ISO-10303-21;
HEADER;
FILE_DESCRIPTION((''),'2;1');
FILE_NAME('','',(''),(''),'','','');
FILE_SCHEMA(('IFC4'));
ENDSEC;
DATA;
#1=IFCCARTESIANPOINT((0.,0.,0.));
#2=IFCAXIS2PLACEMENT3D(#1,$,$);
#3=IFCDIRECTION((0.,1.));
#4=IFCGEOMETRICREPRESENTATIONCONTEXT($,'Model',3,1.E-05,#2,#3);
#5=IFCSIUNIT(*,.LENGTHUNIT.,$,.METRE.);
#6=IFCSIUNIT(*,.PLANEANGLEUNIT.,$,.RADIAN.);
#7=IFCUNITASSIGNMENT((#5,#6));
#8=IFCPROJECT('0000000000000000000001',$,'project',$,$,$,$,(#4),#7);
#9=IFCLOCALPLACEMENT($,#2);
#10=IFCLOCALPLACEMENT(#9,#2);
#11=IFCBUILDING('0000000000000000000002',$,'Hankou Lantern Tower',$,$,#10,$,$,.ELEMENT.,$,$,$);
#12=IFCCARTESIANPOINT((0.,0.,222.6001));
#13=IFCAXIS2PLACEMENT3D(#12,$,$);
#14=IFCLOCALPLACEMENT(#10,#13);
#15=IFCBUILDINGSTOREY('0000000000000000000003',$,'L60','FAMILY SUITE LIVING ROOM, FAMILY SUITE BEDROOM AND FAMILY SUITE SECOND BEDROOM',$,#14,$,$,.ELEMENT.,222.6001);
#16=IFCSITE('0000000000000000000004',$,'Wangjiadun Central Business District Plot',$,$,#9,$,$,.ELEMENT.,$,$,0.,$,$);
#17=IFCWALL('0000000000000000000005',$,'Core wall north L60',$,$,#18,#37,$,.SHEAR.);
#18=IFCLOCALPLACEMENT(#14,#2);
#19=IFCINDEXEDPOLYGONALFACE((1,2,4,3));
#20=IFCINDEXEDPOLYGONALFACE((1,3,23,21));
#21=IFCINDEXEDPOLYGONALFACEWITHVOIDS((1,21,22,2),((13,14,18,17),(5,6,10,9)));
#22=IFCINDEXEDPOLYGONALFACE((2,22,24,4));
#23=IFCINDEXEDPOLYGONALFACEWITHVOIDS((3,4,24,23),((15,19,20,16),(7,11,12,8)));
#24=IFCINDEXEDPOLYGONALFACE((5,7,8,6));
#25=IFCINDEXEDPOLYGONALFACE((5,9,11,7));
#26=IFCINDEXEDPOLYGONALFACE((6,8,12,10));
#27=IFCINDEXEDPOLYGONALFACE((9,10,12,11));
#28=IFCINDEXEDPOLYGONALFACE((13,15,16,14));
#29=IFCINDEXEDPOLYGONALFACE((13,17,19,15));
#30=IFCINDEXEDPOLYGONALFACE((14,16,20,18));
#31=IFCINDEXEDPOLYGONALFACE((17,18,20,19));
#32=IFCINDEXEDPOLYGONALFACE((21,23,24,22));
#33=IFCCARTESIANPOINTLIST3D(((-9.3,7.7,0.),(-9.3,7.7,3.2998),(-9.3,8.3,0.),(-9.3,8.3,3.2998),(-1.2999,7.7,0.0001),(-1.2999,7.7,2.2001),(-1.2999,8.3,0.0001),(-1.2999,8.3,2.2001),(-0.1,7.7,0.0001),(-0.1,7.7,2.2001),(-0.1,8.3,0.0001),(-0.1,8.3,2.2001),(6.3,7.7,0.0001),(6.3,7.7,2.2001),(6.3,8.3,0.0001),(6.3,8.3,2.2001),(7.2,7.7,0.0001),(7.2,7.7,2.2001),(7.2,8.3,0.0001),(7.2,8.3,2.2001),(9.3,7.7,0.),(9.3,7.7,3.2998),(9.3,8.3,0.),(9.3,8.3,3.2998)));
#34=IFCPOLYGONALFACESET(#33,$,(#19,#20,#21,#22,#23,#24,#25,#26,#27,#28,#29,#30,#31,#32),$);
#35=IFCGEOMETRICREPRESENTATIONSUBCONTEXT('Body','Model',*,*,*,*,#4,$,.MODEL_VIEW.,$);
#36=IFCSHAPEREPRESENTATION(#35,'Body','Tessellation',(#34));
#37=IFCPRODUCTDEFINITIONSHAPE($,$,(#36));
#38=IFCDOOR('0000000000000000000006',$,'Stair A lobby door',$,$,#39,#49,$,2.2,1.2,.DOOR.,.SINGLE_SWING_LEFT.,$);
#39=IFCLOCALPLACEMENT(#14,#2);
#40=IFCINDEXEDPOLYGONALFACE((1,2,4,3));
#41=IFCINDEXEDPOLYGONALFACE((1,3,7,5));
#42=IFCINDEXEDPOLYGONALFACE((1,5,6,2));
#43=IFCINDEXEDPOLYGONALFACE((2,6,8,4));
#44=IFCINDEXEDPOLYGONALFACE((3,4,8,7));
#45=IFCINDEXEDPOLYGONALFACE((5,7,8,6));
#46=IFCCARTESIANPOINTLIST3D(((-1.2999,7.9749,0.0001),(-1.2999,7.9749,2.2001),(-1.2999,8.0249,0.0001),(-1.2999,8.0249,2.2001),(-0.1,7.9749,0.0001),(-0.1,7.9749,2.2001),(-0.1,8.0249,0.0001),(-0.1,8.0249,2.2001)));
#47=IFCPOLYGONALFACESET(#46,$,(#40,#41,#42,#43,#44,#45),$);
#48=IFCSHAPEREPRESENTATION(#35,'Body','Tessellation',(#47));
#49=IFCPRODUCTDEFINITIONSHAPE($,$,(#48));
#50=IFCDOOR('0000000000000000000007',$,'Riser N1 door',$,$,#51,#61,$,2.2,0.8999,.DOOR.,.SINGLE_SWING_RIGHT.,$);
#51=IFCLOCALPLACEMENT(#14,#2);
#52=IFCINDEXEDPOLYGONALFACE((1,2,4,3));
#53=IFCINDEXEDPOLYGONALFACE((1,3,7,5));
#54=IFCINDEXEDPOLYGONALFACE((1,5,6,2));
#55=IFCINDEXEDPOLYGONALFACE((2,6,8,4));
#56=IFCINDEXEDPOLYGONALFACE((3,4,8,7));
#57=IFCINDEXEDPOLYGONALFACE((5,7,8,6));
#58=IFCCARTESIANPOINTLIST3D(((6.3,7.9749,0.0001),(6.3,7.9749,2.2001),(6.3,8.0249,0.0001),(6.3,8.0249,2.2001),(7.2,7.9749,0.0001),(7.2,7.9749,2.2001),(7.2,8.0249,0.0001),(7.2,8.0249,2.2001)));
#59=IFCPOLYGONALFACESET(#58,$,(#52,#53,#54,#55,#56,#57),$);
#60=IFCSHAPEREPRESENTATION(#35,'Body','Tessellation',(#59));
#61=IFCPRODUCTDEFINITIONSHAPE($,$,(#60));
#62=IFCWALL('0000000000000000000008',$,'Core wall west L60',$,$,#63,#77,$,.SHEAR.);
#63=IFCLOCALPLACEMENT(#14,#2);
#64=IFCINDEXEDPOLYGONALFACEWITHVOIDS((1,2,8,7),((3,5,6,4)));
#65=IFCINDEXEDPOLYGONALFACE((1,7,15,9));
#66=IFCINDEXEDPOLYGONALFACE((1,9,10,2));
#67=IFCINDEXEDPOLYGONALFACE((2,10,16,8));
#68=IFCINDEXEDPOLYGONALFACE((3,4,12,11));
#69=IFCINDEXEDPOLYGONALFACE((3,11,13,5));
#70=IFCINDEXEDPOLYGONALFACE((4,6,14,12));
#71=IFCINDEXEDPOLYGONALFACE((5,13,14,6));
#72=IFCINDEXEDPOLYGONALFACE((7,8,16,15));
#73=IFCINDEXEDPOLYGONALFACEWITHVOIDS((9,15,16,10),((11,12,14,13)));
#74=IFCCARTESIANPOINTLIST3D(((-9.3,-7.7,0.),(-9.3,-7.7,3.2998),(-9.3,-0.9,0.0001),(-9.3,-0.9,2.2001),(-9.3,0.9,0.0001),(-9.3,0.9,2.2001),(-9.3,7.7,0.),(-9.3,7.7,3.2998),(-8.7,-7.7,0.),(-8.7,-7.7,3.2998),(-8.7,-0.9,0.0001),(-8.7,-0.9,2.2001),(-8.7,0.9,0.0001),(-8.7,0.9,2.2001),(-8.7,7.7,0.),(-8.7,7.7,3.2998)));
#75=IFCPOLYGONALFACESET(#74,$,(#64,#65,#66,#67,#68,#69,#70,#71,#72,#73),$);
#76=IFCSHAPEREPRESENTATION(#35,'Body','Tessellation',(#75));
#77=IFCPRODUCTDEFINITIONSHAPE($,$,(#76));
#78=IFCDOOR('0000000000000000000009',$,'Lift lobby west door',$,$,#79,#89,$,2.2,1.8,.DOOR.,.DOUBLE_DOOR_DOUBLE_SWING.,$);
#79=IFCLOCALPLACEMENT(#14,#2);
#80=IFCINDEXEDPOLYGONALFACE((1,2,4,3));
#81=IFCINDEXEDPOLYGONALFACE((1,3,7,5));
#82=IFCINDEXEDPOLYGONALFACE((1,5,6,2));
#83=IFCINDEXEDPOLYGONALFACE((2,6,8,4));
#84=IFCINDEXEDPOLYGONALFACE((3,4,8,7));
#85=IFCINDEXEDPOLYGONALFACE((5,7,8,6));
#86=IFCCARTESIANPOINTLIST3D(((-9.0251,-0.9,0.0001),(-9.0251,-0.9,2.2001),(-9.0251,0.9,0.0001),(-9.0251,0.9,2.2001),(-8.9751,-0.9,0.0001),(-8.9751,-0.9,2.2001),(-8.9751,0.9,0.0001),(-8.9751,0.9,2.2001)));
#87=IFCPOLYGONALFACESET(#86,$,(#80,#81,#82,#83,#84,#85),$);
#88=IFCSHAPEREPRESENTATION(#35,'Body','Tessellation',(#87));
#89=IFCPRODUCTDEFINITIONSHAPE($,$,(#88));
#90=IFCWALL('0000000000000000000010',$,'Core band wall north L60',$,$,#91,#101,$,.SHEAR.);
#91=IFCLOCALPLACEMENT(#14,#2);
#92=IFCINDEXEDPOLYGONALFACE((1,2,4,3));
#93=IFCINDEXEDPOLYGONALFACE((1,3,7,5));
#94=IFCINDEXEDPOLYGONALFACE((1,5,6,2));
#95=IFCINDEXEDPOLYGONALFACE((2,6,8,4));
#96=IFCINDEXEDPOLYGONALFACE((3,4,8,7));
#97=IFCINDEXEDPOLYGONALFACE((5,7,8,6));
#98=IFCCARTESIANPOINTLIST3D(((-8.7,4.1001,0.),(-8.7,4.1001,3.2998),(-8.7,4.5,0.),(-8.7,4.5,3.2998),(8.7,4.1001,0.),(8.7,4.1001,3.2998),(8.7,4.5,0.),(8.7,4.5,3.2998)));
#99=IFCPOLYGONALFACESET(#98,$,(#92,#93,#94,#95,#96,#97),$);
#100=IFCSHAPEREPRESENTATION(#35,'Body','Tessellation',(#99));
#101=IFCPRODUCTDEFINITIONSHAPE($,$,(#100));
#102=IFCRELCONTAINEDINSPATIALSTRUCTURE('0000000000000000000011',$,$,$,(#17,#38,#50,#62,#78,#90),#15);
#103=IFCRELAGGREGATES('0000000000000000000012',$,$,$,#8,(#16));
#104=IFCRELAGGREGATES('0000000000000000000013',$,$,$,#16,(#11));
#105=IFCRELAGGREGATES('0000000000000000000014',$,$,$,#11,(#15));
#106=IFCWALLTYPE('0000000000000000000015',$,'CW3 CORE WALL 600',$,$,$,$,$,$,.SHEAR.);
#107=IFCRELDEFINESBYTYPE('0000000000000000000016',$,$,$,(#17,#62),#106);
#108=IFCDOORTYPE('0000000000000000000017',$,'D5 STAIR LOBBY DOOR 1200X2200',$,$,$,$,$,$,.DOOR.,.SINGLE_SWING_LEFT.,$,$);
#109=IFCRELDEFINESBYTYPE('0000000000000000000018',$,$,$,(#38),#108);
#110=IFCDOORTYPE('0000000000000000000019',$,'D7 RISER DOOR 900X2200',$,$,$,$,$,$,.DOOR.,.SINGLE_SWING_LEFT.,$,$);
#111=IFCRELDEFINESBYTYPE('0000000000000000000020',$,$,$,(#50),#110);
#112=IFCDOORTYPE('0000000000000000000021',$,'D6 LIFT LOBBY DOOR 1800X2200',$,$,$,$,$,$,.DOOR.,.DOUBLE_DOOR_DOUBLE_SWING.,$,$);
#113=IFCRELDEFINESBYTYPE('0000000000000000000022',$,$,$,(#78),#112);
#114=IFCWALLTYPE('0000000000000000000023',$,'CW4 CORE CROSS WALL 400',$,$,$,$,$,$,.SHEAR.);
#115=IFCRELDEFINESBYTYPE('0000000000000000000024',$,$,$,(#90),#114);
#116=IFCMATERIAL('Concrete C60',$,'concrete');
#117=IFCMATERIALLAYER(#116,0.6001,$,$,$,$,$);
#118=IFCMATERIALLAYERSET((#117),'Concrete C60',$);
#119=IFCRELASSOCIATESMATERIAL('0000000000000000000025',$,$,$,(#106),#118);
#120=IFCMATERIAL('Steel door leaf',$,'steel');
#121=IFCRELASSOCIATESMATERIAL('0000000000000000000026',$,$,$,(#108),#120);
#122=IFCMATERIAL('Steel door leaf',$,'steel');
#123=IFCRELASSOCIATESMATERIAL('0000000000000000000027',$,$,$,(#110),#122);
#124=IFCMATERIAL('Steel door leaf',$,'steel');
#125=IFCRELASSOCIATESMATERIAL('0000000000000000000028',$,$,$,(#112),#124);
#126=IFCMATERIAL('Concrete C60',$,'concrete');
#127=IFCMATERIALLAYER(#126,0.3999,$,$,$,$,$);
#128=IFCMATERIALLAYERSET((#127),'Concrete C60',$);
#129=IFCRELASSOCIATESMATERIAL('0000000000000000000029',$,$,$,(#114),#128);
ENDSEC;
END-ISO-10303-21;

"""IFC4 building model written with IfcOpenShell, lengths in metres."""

from ifc_helpers import new_model, si_unit, direction, frame, frame_2d, origin, place, context, subcontext, project, spatial, rectangle, extrude, material, layer, layer_set, type_object, element, fill, save


model = new_model("IFC4")

# Units and contexts
model_context = context("Model", 3, precision=1e-05, world=origin(), true_north=direction((0.0, 1.0)))
body_context = subcontext(model_context, "Body", "Model", "MODEL_VIEW")
ifc_project = project(units=[si_unit("LENGTHUNIT", "METRE"), si_unit("PLANEANGLEUNIT", "RADIAN")], contexts=[model_context])

# Site, building, storey
site_placement = place(None, origin())
site = spatial("IfcSite", under=ifc_project, at=site_placement, Name="Wangjiadun Central Business District Plot", CompositionType="ELEMENT", RefElevation=0.0)
building_placement = place(site_placement, origin())
building = spatial("IfcBuilding", under=site, at=building_placement, Name="Hankou Lantern Tower", CompositionType="ELEMENT")
storey_placement = place(building_placement, frame((0.0, 0.0, 222.6001)))
storey = spatial("IfcBuildingStorey", under=building, at=storey_placement, Name="L60", Description="FAMILY SUITE LIVING ROOM, FAMILY SUITE BEDROOM AND FAMILY SUITE SECOND BEDROOM", CompositionType="ELEMENT", Elevation=222.6001)

# Wall, openings, doors
ifc_material_1 = material(Name="Concrete C60", Category="concrete")
ifc_layer_1 = layer(ifc_material_1, 0.6001)
ifc_layer_set_1 = layer_set([ifc_layer_1], Name="Concrete C60")
wall_type_1 = type_object("IfcWallType", Name="CW3 CORE WALL 600", PredefinedType="SHEAR", material=ifc_layer_set_1)
wall_1_placement = place(storey_placement, frame((-9.3, 8.0, 0.0), z_axis=(0.0, 0.0, 1.0), x_axis=(1.0, 0.0, 0.0)))
wall_1 = element("IfcWall", 1, at=wall_1_placement, inside=storey, type_object=wall_type_1, Name="Core wall north L60", PredefinedType="SHEAR", context=body_context, shape_type="SweptSolid", body=[
    extrude(rectangle(XDim=18.6001, YDim=0.6001, at=frame_2d((9.3, 0.0))), origin(), (0.0, 0.0, 1.0), 3.2998),
])
opening_1_placement = place(wall_1_placement, frame((8.0, 0.0, 0.0)))
opening_1 = element("IfcOpeningElement", 2, at=opening_1_placement, cuts=wall_1, PredefinedType="OPENING", context=body_context, shape_type="SweptSolid", body=[
    extrude(rectangle(XDim=1.2, YDim=2.2, at=frame_2d((0.6001, 1.1001))), frame((0.0, 0.3101, 0.0), z_axis=(0.0, -1.0, 0.0), x_axis=(1.0, 0.0, 0.0)), (0.0, 0.0, 1.0), 0.6201),
])
opening_2_placement = place(wall_1_placement, frame((15.6001, 0.0, 0.0)))
opening_2 = element("IfcOpeningElement", 3, at=opening_2_placement, cuts=wall_1, PredefinedType="OPENING", context=body_context, shape_type="SweptSolid", body=[
    extrude(rectangle(XDim=0.8999, YDim=2.2, at=frame_2d((0.45, 1.1001))), frame((0.0, 0.3101, 0.0), z_axis=(0.0, -1.0, 0.0), x_axis=(1.0, 0.0, 0.0)), (0.0, 0.0, 1.0), 0.6201),
])
ifc_material_2 = material(Name="Steel door leaf", Category="steel")
door_type_1 = type_object("IfcDoorType", Name="D5 STAIR LOBBY DOOR 1200X2200", OperationType="SINGLE_SWING_LEFT", PredefinedType="DOOR", material=ifc_material_2)
door_1_placement = place(opening_1_placement, origin())
door_1 = element("IfcDoor", 4, at=door_1_placement, inside=storey, type_object=door_type_1, Name="Stair A lobby door", OperationType="SINGLE_SWING_LEFT", OverallHeight=2.2, OverallWidth=1.2, PredefinedType="DOOR", context=body_context, shape_type="SweptSolid", body=[
    extrude(rectangle(XDim=1.2, YDim=2.2, at=frame_2d((0.6001, 1.1001))), frame((0.0, 0.0249, 0.0), z_axis=(0.0, -1.0, 0.0), x_axis=(1.0, 0.0, 0.0)), (0.0, 0.0, 1.0), 0.05),
])
fill(opening_1, door_1)
ifc_material_3 = material(Name="Steel door leaf", Category="steel")
door_type_2 = type_object("IfcDoorType", Name="D7 RISER DOOR 900X2200", OperationType="SINGLE_SWING_LEFT", PredefinedType="DOOR", material=ifc_material_3)
door_2_placement = place(opening_2_placement, origin())
door_2 = element("IfcDoor", 5, at=door_2_placement, inside=storey, type_object=door_type_2, Name="Riser N1 door", OperationType="SINGLE_SWING_RIGHT", OverallHeight=2.2, OverallWidth=0.8999, PredefinedType="DOOR", context=body_context, shape_type="SweptSolid", body=[
    extrude(rectangle(XDim=0.8999, YDim=2.2, at=frame_2d((0.45, 1.1001))), frame((0.0, 0.0249, 0.0), z_axis=(0.0, -1.0, 0.0), x_axis=(1.0, 0.0, 0.0)), (0.0, 0.0, 1.0), 0.05),
])
fill(opening_2, door_2)

# Wall, opening, door
wall_2_placement = place(storey_placement, frame((-9.0, 7.7, 0.0), z_axis=(0.0, 0.0, 1.0), x_axis=(0.0, -1.0, 0.0)))
wall_2 = element("IfcWall", 6, at=wall_2_placement, inside=storey, type_object=wall_type_1, Name="Core wall west L60", PredefinedType="SHEAR", context=body_context, shape_type="SweptSolid", body=[
    extrude(rectangle(XDim=15.3999, YDim=0.6001, at=frame_2d((7.7, 0.0))), origin(), (0.0, 0.0, 1.0), 3.2998),
])
opening_3_placement = place(wall_2_placement, frame((6.8, 0.0, 0.0)))
opening_3 = element("IfcOpeningElement", 7, at=opening_3_placement, cuts=wall_2, PredefinedType="OPENING", context=body_context, shape_type="SweptSolid", body=[
    extrude(rectangle(XDim=1.8, YDim=2.2, at=frame_2d((0.8999, 1.1001))), frame((0.0, 0.3101, 0.0), z_axis=(0.0, -1.0, 0.0), x_axis=(1.0, 0.0, 0.0)), (0.0, 0.0, 1.0), 0.6201),
])
ifc_material_4 = material(Name="Steel door leaf", Category="steel")
door_type_3 = type_object("IfcDoorType", Name="D6 LIFT LOBBY DOOR 1800X2200", OperationType="DOUBLE_DOOR_DOUBLE_SWING", PredefinedType="DOOR", material=ifc_material_4)
door_3_placement = place(opening_3_placement, origin())
door_3 = element("IfcDoor", 8, at=door_3_placement, inside=storey, type_object=door_type_3, Name="Lift lobby west door", OperationType="DOUBLE_DOOR_DOUBLE_SWING", OverallHeight=2.2, OverallWidth=1.8, PredefinedType="DOOR", context=body_context, shape_type="SweptSolid", body=[
    extrude(rectangle(XDim=1.8, YDim=2.2, at=frame_2d((0.8999, 1.1001))), frame((0.0, 0.0249, 0.0), z_axis=(0.0, -1.0, 0.0), x_axis=(1.0, 0.0, 0.0)), (0.0, 0.0, 1.0), 0.05),
])
fill(opening_3, door_3)

# Wall
ifc_material_5 = material(Name="Concrete C60", Category="concrete")
ifc_layer_2 = layer(ifc_material_5, 0.3999)
ifc_layer_set_2 = layer_set([ifc_layer_2], Name="Concrete C60")
wall_type_2 = type_object("IfcWallType", Name="CW4 CORE CROSS WALL 400", PredefinedType="SHEAR", material=ifc_layer_set_2)
wall_3_placement = place(storey_placement, frame((-8.7, 4.3, 0.0), z_axis=(0.0, 0.0, 1.0), x_axis=(1.0, 0.0, 0.0)))
element("IfcWall", 9, at=wall_3_placement, inside=storey, type_object=wall_type_2, Name="Core band wall north L60", PredefinedType="SHEAR", context=body_context, shape_type="SweptSolid", body=[
    extrude(rectangle(XDim=17.3999, YDim=0.3999, at=frame_2d((8.7, 0.0))), origin(), (0.0, 0.0, 1.0), 3.2998),
])

save(model, "model.ifc")
